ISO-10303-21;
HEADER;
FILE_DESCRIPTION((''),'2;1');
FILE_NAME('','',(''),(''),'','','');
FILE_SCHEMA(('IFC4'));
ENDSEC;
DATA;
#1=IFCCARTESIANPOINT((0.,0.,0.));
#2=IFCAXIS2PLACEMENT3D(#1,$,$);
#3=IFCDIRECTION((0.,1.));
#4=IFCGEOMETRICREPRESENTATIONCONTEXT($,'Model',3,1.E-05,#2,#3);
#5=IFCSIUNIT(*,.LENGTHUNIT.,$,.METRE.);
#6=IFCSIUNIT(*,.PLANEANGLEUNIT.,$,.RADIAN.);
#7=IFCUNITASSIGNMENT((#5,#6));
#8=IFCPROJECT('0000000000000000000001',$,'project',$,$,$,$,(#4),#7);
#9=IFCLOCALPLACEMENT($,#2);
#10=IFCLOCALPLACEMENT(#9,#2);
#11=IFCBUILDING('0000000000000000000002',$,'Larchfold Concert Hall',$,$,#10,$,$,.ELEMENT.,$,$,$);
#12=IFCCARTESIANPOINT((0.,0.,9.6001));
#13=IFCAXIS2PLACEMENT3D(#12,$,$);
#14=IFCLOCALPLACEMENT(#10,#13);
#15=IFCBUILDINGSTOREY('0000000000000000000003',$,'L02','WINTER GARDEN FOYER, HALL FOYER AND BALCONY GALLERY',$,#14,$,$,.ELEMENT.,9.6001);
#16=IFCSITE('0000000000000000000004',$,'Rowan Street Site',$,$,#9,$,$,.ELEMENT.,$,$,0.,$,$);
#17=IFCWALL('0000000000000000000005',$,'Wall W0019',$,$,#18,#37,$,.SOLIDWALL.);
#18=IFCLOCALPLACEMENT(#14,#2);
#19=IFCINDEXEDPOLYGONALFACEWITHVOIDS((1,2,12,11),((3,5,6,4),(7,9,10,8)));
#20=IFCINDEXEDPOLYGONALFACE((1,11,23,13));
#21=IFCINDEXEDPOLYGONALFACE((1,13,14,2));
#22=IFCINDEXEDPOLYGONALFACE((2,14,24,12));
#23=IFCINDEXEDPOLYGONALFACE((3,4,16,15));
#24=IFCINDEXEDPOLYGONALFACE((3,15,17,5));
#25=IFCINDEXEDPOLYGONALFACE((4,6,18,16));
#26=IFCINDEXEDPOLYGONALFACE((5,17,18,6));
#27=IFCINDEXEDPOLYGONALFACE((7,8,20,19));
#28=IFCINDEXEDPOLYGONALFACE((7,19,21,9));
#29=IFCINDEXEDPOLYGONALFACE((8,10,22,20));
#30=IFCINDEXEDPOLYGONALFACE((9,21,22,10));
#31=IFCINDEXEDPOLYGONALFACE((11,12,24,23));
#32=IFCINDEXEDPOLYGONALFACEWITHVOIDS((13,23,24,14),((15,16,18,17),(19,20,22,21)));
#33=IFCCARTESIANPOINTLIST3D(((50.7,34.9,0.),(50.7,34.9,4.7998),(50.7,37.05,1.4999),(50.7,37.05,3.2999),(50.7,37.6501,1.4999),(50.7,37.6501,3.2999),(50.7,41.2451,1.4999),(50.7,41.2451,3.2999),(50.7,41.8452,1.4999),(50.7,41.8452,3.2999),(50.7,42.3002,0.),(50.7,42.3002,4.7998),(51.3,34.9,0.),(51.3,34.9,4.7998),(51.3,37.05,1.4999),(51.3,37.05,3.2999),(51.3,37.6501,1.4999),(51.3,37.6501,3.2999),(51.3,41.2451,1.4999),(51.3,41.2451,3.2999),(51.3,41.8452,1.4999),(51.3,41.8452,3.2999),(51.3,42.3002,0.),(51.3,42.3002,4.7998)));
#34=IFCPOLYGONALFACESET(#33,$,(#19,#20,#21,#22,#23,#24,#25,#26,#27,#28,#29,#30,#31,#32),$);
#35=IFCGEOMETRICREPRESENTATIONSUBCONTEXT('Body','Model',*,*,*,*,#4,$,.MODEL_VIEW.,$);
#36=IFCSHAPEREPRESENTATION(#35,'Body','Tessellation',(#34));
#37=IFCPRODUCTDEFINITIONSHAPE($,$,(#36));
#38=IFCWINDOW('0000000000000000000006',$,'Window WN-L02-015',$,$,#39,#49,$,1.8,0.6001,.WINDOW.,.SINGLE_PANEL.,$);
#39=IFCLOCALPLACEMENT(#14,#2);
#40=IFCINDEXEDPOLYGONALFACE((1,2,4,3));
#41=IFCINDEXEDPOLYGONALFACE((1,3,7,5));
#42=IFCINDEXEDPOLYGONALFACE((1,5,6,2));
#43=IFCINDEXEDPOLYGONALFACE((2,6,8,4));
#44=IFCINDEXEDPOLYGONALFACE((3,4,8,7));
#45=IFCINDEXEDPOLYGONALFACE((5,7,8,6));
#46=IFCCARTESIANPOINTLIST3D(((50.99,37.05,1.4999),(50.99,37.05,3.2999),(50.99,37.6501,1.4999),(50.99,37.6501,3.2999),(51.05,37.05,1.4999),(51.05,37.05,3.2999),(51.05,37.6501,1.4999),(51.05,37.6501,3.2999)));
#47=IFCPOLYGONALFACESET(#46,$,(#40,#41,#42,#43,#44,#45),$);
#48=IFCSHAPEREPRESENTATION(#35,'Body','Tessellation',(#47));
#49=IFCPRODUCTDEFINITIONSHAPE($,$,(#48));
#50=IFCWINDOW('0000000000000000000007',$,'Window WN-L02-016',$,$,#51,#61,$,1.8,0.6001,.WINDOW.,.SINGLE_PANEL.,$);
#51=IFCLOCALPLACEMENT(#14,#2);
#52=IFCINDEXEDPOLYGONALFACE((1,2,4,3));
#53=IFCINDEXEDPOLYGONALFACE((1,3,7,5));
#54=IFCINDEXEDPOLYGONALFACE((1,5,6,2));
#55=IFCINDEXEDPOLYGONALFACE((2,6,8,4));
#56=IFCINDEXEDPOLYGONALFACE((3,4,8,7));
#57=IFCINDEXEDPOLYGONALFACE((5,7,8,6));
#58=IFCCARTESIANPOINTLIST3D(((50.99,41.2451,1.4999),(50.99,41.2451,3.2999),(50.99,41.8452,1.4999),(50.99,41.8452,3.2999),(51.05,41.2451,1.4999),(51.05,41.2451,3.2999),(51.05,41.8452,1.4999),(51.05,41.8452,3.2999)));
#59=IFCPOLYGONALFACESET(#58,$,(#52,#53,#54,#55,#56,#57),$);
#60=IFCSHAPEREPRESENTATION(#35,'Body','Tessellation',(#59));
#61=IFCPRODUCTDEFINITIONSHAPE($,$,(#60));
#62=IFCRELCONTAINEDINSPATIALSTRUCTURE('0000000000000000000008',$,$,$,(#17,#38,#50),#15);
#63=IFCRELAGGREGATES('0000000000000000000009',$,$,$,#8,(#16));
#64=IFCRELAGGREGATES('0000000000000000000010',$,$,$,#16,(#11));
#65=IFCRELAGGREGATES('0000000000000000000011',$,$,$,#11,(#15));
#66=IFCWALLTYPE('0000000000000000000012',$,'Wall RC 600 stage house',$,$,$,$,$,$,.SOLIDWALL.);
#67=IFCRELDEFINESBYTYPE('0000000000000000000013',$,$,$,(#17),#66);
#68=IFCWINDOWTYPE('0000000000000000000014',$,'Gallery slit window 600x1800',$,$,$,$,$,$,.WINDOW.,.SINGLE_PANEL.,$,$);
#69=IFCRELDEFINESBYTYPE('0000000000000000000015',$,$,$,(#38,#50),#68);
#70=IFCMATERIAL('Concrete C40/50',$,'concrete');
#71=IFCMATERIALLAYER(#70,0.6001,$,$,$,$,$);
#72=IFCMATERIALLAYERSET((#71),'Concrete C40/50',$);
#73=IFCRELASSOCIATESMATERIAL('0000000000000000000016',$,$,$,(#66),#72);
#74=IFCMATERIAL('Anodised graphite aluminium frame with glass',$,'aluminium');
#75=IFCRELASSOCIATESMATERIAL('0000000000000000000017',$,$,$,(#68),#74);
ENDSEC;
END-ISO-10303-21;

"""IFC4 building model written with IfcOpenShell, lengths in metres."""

from ifc_helpers import new_model, si_unit, direction, frame, frame_2d, origin, place, context, subcontext, project, spatial, rectangle, extrude, material, layer, layer_set, type_object, element, fill, save


model = new_model("IFC4")

# Units and contexts
model_context = context("Model", 3, precision=1e-05, world=origin(), true_north=direction((0.0, 1.0)))
body_context = subcontext(model_context, "Body", "Model", "MODEL_VIEW")
ifc_project = project(units=[si_unit("LENGTHUNIT", "METRE"), si_unit("PLANEANGLEUNIT", "RADIAN")], contexts=[model_context])

# Site, building, storey
site_placement = place(None, origin())
site = spatial("IfcSite", under=ifc_project, at=site_placement, Name="Rowan Street Site", CompositionType="ELEMENT", RefElevation=0.0)
building_placement = place(site_placement, origin())
building = spatial("IfcBuilding", under=site, at=building_placement, Name="Larchfold Concert Hall", CompositionType="ELEMENT")
storey_placement = place(building_placement, frame((0.0, 0.0, 9.6001)))
storey = spatial("IfcBuildingStorey", under=building, at=storey_placement, Name="L02", Description="WINTER GARDEN FOYER, HALL FOYER AND BALCONY GALLERY", CompositionType="ELEMENT", Elevation=9.6001)

# Shared definitions
ifc_material_1 = material(Name="Concrete C40/50", Category="concrete")
ifc_layer_1 = layer(ifc_material_1, 0.6001)
ifc_layer_set_1 = layer_set([ifc_layer_1], Name="Concrete C40/50")
wall_type_1 = type_object("IfcWallType", Name="Wall RC 600 stage house", PredefinedType="SOLIDWALL", material=ifc_layer_set_1)
ifc_material_2 = material(Name="Anodised graphite aluminium frame with glass", Category="aluminium")
window_type_1 = type_object("IfcWindowType", Name="Gallery slit window 600x1800", PartitioningType="SINGLE_PANEL", PredefinedType="WINDOW", material=ifc_material_2)

# Wall, openings, windows
wall_1_placement = place(storey_placement, frame((51.0, 34.8999, 0.0), z_axis=(0.0, 0.0, 1.0), x_axis=(0.0, 1.0, 0.0)))
wall_1 = element("IfcWall", 1, at=wall_1_placement, inside=storey, type_object=wall_type_1, Name="Wall W0019", PredefinedType="SOLIDWALL", context=body_context, shape_type="SweptSolid", body=[
    extrude(rectangle(XDim=7.4001, YDim=0.6001, at=frame_2d((3.7002, 0.0))), origin(), (0.0, 0.0, 1.0), 4.7998),
])
opening_1_placement = place(wall_1_placement, frame((2.1501, 0.0, 1.5)))
opening_1 = element("IfcOpeningElement", 2, at=opening_1_placement, cuts=wall_1, PredefinedType="OPENING", context=body_context, shape_type="SweptSolid", body=[
    extrude(rectangle(XDim=0.6001, YDim=1.8, at=frame_2d((0.3, 0.8999))), frame((0.0, 0.3101, 0.0), z_axis=(0.0, -1.0, 0.0), x_axis=(1.0, 0.0, 0.0)), (0.0, 0.0, 1.0), 0.6201),
])
opening_2_placement = place(wall_1_placement, frame((6.3452, 0.0, 1.5)))
opening_2 = element("IfcOpeningElement", 3, at=opening_2_placement, cuts=wall_1, PredefinedType="OPENING", context=body_context, shape_type="SweptSolid", body=[
    extrude(rectangle(XDim=0.6001, YDim=1.8, at=frame_2d((0.3, 0.8999))), frame((0.0, 0.3101, 0.0), z_axis=(0.0, -1.0, 0.0), x_axis=(1.0, 0.0, 0.0)), (0.0, 0.0, 1.0), 0.6201),
])
window_1_placement = place(opening_1_placement, origin())
window_1 = element("IfcWindow", 4, at=window_1_placement, inside=storey, type_object=window_type_1, Name="Window WN-L02-015", OverallHeight=1.8, OverallWidth=0.6001, PartitioningType="SINGLE_PANEL", PredefinedType="WINDOW", context=body_context, shape_type="SweptSolid", body=[
    extrude(rectangle(XDim=0.6001, YDim=1.8, at=frame_2d((0.3, 0.8999))), frame((0.0, 0.01, 0.0), z_axis=(0.0, -1.0, 0.0), x_axis=(1.0, 0.0, 0.0)), (0.0, 0.0, 1.0), 0.0601),
])
fill(opening_1, window_1)
window_2_placement = place(opening_2_placement, origin())
window_2 = element("IfcWindow", 5, at=window_2_placement, inside=storey, type_object=window_type_1, Name="Window WN-L02-016", OverallHeight=1.8, OverallWidth=0.6001, PartitioningType="SINGLE_PANEL", PredefinedType="WINDOW", context=body_context, shape_type="SweptSolid", body=[
    extrude(rectangle(XDim=0.6001, YDim=1.8, at=frame_2d((0.3, 0.8999))), frame((0.0, 0.01, 0.0), z_axis=(0.0, -1.0, 0.0), x_axis=(1.0, 0.0, 0.0)), (0.0, 0.0, 1.0), 0.0601),
])
fill(opening_2, window_2)

save(model, "model.ifc")
